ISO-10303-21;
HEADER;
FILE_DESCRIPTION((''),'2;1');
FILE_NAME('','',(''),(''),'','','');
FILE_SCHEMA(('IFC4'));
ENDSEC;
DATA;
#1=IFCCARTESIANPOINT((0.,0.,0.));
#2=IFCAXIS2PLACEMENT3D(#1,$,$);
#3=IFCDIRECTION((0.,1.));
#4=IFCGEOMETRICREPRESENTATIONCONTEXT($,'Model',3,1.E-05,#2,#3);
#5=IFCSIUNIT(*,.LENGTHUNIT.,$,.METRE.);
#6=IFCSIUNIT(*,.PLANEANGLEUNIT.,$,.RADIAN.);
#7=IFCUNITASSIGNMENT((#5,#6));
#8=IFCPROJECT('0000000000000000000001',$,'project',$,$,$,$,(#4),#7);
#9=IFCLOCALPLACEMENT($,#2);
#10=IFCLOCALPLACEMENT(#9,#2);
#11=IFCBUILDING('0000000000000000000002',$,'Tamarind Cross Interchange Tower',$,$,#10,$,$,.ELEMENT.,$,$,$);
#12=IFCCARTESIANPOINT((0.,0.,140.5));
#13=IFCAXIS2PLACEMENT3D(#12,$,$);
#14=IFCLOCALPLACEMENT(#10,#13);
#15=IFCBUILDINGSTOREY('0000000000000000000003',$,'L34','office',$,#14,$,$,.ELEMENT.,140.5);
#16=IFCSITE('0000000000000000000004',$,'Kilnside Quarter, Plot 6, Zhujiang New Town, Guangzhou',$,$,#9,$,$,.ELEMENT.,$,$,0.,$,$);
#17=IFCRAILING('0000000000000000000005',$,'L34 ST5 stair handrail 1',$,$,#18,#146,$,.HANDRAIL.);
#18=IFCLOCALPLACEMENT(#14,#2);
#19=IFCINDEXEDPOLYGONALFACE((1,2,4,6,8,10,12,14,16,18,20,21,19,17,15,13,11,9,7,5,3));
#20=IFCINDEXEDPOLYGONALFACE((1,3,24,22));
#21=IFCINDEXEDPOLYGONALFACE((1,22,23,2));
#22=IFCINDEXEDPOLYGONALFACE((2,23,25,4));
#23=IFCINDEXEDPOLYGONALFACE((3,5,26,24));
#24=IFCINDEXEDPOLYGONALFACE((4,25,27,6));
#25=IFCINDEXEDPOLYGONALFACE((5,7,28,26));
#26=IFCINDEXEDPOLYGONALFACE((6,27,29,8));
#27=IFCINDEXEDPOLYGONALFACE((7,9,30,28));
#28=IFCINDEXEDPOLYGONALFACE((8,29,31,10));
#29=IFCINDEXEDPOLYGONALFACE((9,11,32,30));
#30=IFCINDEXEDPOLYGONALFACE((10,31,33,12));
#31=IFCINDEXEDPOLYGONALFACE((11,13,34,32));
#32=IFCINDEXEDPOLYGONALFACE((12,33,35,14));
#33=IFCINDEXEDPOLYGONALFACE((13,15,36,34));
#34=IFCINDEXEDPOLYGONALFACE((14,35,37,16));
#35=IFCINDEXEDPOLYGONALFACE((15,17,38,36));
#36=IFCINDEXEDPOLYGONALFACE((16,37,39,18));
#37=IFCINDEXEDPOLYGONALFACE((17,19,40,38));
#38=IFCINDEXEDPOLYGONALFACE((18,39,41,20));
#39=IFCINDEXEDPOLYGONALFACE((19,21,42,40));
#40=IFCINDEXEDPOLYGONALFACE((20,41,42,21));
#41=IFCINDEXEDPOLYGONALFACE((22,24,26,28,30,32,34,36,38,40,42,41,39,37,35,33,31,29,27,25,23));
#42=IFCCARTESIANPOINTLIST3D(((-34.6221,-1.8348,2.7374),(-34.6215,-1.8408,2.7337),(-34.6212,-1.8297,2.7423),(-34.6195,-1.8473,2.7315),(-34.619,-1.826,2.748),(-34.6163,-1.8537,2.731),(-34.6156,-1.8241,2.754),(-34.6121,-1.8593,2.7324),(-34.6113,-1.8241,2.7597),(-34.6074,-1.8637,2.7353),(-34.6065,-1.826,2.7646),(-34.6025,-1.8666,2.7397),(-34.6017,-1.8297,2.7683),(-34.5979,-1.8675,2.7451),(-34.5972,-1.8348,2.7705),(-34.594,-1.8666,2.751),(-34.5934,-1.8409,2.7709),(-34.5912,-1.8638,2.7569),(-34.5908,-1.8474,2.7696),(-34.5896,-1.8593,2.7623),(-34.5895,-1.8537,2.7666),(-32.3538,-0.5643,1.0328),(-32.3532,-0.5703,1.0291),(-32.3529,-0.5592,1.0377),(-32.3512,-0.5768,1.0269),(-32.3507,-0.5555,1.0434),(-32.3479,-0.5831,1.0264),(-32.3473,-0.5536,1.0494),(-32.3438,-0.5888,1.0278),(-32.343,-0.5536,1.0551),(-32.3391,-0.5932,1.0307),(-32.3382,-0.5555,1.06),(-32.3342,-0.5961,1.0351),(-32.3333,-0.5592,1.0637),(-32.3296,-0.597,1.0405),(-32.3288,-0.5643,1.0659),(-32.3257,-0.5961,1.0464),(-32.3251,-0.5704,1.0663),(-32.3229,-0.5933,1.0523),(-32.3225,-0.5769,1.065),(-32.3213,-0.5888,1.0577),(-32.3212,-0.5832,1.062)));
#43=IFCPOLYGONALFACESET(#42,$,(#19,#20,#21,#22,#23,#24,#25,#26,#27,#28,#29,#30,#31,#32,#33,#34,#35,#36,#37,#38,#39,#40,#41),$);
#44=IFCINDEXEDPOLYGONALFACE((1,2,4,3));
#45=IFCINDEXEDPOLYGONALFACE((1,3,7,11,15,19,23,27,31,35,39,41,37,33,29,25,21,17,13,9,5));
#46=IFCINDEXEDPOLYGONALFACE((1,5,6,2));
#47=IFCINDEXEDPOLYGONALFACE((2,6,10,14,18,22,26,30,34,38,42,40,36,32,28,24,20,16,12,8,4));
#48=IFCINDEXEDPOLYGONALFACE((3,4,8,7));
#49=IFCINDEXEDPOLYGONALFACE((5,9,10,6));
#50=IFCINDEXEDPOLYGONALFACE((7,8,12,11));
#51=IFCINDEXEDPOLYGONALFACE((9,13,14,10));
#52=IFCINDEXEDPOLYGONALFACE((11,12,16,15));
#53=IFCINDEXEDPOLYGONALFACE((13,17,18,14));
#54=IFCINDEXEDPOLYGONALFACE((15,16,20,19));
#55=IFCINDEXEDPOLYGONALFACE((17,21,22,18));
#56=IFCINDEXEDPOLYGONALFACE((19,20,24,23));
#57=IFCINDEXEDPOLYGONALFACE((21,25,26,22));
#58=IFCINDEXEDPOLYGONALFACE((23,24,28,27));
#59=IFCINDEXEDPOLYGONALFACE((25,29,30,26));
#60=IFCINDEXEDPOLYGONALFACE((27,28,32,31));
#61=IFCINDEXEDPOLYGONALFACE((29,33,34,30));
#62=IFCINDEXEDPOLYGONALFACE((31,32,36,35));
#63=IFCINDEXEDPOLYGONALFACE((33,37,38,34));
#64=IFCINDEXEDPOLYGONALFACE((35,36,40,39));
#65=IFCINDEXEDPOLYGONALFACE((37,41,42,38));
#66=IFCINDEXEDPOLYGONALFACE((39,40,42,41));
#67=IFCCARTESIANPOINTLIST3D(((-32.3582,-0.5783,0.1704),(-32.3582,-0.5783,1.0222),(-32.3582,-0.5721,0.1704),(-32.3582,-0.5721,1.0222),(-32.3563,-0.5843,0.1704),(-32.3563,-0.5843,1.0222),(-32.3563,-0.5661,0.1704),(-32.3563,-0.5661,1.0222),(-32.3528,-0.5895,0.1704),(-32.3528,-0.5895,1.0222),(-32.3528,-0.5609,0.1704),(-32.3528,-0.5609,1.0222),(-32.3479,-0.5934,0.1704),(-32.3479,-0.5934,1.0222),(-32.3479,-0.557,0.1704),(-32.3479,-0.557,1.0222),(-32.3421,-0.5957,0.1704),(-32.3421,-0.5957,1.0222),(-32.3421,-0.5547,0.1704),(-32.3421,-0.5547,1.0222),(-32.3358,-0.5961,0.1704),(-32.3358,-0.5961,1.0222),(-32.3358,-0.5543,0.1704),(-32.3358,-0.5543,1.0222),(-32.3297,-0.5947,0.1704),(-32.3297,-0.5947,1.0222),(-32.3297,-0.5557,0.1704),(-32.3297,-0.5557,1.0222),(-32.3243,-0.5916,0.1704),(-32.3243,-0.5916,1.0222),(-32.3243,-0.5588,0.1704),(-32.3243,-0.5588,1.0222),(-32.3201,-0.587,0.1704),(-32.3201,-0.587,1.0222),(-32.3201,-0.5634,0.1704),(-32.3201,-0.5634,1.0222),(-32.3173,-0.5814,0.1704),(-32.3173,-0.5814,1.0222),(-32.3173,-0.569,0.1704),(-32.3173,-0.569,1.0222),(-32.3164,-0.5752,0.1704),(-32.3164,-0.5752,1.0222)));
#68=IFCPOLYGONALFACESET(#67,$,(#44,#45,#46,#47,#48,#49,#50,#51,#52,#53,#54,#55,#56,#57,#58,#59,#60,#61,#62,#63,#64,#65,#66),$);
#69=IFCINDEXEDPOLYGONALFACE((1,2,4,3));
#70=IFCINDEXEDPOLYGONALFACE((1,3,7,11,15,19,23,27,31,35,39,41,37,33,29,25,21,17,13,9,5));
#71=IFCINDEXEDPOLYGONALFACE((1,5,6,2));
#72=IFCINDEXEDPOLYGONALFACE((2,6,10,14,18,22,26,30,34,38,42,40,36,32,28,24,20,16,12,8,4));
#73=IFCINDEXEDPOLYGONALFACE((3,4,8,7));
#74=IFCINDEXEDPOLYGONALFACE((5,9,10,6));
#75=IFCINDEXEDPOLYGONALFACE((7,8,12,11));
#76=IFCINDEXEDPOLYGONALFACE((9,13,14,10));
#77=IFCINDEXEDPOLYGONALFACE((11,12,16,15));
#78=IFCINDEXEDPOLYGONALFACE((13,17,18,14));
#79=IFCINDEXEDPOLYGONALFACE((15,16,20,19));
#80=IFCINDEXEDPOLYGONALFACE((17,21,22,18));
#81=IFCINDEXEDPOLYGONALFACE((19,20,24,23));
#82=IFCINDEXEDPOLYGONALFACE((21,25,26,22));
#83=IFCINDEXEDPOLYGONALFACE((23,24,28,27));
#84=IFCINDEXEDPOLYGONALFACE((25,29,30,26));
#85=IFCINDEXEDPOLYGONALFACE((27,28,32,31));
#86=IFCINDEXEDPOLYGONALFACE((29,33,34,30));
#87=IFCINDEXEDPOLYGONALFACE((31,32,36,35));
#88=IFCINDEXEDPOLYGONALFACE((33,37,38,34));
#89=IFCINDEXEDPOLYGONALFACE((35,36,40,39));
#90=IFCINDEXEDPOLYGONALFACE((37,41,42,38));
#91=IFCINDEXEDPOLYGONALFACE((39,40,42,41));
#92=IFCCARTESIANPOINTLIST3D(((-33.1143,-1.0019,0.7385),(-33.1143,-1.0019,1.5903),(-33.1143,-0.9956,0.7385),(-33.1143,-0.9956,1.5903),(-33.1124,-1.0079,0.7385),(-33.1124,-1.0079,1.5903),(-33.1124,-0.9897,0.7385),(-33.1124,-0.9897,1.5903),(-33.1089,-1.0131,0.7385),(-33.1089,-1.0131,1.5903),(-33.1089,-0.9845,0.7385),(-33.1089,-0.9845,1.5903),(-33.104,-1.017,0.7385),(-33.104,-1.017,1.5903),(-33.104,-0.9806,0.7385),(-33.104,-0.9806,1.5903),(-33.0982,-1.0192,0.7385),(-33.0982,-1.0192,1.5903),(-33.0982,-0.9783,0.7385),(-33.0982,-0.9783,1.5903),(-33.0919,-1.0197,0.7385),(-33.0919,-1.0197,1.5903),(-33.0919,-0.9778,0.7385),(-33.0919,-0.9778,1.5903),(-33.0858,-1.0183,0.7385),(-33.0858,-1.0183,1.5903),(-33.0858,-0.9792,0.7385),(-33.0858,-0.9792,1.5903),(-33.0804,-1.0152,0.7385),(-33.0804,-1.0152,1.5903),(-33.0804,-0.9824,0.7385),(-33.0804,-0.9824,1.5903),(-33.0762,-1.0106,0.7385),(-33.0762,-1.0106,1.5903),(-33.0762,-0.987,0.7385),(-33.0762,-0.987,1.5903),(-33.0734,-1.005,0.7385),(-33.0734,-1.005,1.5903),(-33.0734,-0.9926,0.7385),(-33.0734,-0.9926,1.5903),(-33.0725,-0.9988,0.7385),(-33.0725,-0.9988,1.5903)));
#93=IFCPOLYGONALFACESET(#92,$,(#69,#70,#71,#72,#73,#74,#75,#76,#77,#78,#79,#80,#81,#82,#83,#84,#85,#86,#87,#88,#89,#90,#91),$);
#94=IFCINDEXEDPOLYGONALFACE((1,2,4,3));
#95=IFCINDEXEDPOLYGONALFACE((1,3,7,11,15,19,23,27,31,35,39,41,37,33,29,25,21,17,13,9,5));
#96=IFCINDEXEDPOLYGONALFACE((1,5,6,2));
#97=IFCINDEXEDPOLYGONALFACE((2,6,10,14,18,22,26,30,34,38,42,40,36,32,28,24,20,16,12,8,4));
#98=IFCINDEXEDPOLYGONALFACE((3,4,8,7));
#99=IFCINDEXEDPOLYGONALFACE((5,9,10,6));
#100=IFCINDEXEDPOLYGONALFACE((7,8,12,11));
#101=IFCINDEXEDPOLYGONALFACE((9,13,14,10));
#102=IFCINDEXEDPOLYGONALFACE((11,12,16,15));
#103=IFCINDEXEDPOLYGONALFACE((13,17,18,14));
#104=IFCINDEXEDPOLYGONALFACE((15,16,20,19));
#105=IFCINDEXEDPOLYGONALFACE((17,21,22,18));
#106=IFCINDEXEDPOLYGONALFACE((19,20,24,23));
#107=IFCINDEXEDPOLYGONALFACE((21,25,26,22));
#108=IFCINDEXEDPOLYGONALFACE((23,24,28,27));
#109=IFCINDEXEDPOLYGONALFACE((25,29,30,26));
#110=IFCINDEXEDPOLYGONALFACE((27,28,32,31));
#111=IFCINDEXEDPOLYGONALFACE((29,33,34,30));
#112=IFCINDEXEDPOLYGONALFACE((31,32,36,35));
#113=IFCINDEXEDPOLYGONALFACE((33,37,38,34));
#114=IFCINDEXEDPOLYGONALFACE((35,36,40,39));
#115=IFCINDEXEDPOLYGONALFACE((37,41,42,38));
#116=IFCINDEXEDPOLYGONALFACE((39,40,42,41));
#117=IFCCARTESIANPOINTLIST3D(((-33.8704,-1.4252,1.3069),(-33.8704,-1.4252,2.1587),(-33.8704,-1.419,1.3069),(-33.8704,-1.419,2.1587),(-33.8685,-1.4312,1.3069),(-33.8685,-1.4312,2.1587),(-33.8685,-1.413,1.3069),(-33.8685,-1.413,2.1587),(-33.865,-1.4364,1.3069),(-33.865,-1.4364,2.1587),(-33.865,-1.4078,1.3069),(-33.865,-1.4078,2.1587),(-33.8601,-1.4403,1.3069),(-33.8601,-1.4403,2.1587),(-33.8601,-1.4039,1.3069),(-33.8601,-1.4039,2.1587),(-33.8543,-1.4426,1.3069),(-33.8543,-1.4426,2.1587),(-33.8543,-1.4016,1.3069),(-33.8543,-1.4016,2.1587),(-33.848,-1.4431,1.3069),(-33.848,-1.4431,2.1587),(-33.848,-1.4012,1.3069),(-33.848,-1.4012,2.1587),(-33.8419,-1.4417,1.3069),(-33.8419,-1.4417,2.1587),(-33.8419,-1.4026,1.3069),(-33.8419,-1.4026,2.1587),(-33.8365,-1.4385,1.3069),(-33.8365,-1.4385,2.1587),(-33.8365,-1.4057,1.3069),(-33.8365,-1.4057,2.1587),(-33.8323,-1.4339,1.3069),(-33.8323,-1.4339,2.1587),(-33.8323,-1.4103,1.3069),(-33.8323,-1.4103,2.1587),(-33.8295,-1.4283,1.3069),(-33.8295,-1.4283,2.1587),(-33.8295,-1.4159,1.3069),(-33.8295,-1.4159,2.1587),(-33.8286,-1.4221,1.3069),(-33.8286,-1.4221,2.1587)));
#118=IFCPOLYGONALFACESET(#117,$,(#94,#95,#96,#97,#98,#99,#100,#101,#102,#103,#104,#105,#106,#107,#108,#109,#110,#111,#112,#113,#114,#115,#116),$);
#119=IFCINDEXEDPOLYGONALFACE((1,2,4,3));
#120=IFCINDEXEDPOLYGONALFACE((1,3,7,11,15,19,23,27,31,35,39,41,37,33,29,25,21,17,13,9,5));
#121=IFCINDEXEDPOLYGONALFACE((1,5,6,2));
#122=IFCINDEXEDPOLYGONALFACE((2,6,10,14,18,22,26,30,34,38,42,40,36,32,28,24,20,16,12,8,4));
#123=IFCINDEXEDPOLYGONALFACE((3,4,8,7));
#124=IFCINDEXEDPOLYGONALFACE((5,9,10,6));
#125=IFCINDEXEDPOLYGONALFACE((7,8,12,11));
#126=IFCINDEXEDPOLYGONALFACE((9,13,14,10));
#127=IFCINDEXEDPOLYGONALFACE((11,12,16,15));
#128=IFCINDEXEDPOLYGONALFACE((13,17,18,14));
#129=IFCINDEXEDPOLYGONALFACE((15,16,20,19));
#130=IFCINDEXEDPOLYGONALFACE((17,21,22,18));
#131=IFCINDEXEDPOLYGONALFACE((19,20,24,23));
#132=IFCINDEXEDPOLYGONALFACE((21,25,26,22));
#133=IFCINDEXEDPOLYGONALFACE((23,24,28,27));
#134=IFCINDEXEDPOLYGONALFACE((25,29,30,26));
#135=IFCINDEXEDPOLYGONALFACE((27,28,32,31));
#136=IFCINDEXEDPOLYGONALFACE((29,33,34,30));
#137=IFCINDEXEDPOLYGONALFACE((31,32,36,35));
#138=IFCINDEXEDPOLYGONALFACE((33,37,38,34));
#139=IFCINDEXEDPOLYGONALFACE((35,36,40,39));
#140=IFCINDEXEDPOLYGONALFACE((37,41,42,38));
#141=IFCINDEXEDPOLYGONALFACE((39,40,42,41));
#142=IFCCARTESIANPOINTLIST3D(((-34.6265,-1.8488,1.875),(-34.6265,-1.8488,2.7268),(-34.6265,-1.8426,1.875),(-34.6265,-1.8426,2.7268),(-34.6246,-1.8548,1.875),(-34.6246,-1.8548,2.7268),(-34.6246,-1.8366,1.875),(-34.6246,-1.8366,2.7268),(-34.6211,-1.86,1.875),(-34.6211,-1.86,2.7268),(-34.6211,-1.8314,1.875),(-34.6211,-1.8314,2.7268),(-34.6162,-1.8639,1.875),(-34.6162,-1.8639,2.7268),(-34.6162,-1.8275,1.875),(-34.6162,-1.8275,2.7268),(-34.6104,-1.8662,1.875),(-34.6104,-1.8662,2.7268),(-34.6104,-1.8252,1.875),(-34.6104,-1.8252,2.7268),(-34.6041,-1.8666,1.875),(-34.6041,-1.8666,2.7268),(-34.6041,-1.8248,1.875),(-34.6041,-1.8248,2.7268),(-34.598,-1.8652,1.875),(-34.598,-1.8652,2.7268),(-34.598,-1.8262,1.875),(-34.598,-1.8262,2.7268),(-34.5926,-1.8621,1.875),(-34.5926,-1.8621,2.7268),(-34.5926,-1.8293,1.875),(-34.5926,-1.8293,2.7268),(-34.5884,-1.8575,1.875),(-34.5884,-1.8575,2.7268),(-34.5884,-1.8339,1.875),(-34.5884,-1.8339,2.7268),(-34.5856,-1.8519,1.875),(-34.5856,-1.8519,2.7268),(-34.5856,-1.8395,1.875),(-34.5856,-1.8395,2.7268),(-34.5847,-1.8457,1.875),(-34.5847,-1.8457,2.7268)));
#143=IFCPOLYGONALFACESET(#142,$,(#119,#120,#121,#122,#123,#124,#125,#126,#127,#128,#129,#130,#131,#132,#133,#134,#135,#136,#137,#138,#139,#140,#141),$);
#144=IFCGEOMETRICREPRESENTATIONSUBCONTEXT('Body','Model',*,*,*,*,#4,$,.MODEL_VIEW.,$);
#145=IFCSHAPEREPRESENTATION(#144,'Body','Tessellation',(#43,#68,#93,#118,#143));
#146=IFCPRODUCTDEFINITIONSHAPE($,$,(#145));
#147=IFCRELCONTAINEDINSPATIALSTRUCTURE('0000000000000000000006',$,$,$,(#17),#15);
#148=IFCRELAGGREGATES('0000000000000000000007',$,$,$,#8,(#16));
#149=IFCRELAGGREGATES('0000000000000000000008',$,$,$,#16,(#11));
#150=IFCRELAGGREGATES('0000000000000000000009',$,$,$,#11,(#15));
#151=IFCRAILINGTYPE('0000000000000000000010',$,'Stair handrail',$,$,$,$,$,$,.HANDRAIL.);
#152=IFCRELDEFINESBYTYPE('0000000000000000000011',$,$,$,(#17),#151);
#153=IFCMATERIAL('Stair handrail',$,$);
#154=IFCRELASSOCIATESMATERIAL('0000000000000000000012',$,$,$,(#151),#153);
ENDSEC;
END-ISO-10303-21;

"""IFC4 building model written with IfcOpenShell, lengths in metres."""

from ifc_helpers import new_model, si_unit, direction, frame, origin, origin_2d, place, context, subcontext, project, spatial, circle, extrude, material, type_object, element, save


model = new_model("IFC4")

# Units and contexts
model_context = context("Model", 3, precision=1e-05, world=origin(), true_north=direction((0.0, 1.0)))
body_context = subcontext(model_context, "Body", "Model", "MODEL_VIEW")
ifc_project = project(units=[si_unit("LENGTHUNIT", "METRE"), si_unit("PLANEANGLEUNIT", "RADIAN")], contexts=[model_context])

# Site, building, storey
site_placement = place(None, origin())
site = spatial("IfcSite", under=ifc_project, at=site_placement, Name="Kilnside Quarter, Plot 6, Zhujiang New Town, Guangzhou", CompositionType="ELEMENT", RefElevation=0.0)
building_placement = place(site_placement, origin())
building = spatial("IfcBuilding", under=site, at=building_placement, Name="Tamarind Cross Interchange Tower", CompositionType="ELEMENT")
storey_placement = place(building_placement, frame((0.0, 0.0, 140.5)))
storey = spatial("IfcBuildingStorey", under=building, at=storey_placement, Name="L34", Description="office", CompositionType="ELEMENT", Elevation=140.5)

# Railing
ifc_material_1 = material(Name="Stair handrail")
railing_type_1 = type_object("IfcRailingType", Name="Stair handrail", PredefinedType="HANDRAIL", material=ifc_material_1)
railing_1_placement = place(storey_placement, frame((-32.3374, -0.5752, 0.1704)))
element("IfcRailing", 1, at=railing_1_placement, inside=storey, type_object=railing_type_1, Name="L34 ST5 stair handrail 1", PredefinedType="HANDRAIL", context=body_context, shape_type="SweptSolid", body=[
    extrude(circle(Radius=0.0239, at=origin_2d()), frame((0.0, 0.0, 0.876), z_axis=(-0.729626, -0.408672, 0.5483), x_axis=(0.488678, -0.872464, 0.0)), (0.0, 0.0, 1.0), 3.1089),
    extrude(circle(Radius=0.021, at=origin_2d()), origin(), (0.0, 0.0, 1.0), 0.8518),
    extrude(circle(Radius=0.021, at=origin_2d()), frame((-0.7561, -0.4236, 0.5681)), (0.0, 0.0, 1.0), 0.8518),
    extrude(circle(Radius=0.021, at=origin_2d()), frame((-1.5122, -0.8469, 1.1365)), (0.0, 0.0, 1.0), 0.8518),
    extrude(circle(Radius=0.021, at=origin_2d()), frame((-2.2683, -1.2705, 1.7046)), (0.0, 0.0, 1.0), 0.8518),
])

save(model, "model.ifc")
